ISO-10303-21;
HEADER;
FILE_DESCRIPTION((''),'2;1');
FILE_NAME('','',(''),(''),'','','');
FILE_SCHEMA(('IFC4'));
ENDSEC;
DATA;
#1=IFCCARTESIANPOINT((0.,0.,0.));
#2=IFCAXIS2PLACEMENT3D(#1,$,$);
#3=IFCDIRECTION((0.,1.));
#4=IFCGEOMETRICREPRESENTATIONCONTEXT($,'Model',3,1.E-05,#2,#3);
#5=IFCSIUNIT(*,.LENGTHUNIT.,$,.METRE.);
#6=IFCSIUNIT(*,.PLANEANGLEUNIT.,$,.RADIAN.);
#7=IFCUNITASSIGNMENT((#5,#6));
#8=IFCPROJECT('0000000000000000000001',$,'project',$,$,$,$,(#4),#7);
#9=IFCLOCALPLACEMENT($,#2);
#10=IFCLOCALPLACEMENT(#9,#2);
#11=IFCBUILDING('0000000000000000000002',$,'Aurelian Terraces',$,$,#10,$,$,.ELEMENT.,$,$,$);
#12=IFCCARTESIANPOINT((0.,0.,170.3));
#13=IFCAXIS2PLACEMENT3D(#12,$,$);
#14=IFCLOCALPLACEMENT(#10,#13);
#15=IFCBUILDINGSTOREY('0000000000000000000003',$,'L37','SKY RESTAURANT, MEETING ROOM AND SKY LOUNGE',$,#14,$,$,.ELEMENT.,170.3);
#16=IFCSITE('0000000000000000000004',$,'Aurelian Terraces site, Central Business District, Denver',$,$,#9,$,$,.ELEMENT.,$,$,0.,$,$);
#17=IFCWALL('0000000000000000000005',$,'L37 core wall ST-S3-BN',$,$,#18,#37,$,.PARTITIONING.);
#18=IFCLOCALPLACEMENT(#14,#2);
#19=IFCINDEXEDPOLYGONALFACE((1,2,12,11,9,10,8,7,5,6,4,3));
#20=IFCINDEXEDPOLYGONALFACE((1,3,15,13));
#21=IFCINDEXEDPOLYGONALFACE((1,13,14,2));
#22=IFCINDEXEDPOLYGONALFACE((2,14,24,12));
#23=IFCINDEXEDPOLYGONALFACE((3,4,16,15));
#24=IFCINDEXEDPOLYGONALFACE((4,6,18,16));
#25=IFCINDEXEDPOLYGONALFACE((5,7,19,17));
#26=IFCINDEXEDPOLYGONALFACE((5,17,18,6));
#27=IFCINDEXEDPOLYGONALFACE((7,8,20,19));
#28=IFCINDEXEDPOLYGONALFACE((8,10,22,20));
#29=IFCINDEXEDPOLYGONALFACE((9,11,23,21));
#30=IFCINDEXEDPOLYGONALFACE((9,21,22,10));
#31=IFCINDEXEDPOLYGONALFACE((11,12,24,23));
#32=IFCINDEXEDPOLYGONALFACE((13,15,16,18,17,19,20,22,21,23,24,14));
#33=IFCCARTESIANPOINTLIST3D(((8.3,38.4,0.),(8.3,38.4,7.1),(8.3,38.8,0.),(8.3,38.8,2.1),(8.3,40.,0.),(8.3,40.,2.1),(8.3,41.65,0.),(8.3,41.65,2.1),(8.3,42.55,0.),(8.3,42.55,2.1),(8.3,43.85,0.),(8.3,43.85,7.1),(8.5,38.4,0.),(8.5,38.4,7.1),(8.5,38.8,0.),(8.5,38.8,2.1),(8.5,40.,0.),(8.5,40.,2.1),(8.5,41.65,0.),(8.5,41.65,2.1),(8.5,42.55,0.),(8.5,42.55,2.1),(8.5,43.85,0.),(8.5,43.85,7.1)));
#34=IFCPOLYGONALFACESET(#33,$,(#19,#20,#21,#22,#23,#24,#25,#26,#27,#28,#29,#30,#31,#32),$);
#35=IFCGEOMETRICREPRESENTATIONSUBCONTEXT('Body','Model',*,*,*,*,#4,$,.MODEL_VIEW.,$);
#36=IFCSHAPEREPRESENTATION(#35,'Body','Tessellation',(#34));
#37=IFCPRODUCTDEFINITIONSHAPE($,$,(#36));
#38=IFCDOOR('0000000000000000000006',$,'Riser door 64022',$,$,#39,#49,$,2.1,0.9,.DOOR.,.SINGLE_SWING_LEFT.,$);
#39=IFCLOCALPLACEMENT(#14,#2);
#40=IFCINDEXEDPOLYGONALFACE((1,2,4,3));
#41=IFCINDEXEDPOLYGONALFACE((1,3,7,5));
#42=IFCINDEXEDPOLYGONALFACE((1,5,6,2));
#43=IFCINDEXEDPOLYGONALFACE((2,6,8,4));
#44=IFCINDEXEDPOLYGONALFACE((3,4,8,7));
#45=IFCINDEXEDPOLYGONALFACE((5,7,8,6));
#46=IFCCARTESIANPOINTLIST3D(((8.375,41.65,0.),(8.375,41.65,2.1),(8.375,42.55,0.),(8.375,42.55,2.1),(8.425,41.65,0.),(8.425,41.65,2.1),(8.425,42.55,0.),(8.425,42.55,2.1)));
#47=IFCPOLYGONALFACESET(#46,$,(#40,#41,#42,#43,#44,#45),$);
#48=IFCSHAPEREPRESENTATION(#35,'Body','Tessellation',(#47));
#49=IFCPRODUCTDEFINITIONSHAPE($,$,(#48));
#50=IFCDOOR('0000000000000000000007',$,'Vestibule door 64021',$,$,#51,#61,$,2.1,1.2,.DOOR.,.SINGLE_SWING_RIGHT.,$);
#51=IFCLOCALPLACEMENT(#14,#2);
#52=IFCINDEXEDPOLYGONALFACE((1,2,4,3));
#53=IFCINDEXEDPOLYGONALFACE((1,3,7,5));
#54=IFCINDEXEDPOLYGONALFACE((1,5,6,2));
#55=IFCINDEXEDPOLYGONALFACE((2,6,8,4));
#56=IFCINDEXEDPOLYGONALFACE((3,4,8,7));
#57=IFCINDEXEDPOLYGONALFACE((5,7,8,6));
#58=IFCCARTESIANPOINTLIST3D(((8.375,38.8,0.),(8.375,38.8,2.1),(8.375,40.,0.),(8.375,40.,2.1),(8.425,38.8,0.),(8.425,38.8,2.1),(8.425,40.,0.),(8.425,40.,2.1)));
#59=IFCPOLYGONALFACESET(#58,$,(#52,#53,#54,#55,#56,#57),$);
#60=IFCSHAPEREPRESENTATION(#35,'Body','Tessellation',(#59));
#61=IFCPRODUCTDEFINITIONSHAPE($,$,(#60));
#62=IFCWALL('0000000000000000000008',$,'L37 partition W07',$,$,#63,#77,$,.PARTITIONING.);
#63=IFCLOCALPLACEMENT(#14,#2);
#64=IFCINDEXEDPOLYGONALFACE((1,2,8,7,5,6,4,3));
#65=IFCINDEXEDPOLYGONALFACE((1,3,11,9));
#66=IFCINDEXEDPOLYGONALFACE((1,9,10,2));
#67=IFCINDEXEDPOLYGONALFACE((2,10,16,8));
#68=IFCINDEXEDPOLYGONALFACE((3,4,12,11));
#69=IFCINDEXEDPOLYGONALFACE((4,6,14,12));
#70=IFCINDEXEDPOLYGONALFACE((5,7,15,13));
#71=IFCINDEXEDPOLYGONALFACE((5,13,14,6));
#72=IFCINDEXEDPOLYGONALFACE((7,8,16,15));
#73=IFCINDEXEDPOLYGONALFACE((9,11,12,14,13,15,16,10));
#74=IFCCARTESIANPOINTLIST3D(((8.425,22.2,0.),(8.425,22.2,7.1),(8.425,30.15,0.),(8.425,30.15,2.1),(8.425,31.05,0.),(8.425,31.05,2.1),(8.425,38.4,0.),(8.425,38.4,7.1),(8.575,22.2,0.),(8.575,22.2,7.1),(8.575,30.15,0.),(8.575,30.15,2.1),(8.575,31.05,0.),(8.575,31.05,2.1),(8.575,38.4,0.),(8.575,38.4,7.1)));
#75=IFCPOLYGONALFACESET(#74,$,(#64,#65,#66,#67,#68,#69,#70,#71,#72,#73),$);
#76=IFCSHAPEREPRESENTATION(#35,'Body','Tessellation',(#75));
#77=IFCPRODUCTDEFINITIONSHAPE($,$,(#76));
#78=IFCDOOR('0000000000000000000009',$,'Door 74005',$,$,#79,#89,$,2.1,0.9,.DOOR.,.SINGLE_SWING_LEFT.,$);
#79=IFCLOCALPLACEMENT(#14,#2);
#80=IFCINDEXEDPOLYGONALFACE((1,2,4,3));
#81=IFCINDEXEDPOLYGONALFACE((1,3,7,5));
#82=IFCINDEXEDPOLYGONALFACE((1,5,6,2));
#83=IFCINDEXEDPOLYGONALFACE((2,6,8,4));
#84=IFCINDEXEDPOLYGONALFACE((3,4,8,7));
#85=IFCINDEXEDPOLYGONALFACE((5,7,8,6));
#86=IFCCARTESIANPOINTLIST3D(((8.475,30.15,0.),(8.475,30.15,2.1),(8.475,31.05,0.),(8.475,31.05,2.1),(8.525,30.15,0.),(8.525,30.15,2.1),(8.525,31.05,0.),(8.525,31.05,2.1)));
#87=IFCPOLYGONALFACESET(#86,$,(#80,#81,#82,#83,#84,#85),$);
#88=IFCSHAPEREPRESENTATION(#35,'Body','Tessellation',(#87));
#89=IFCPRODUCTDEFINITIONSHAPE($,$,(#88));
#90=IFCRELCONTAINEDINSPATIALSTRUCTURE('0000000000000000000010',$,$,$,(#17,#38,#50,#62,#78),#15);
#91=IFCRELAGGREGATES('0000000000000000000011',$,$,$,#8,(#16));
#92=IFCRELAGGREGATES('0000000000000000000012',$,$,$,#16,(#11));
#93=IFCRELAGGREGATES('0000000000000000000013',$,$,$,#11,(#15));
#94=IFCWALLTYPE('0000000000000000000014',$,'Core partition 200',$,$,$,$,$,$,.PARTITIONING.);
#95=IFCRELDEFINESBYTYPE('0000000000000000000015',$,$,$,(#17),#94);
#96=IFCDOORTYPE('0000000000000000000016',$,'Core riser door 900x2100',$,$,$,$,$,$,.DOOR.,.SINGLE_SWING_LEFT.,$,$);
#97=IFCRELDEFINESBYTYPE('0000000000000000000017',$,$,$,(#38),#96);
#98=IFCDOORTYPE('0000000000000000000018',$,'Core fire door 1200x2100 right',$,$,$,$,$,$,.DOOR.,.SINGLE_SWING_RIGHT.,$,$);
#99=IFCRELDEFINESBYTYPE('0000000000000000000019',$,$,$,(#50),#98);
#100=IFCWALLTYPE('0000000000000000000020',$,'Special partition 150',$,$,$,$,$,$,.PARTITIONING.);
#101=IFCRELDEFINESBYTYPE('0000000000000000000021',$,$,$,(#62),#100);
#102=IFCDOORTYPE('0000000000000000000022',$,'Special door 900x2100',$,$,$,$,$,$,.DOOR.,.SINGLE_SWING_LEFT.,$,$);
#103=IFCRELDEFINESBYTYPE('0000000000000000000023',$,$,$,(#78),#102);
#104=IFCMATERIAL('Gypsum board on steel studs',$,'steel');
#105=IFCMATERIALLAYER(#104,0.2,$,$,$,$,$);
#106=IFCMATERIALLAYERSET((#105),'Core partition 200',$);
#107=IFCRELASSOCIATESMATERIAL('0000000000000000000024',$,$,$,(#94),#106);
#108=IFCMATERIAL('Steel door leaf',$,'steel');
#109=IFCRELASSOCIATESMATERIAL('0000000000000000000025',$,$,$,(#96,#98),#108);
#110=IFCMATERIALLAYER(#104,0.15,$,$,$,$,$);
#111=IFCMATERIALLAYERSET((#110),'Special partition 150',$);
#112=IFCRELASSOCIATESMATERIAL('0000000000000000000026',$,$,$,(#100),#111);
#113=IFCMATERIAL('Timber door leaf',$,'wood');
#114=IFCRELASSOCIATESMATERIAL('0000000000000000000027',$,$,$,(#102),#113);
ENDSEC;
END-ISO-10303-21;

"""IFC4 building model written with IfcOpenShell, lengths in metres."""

from ifc_helpers import new_model, si_unit, direction, frame, frame_2d, origin, place, context, subcontext, project, spatial, rectangle, extrude, source, transform, mapped, material, layer, layer_set, type_object, element, fill, save


model = new_model("IFC4")

# Units and contexts
model_context = context("Model", 3, precision=1e-05, world=origin(), true_north=direction((0.0, 1.0)))
body_context = subcontext(model_context, "Body", "Model", "MODEL_VIEW")
ifc_project = project(units=[si_unit("LENGTHUNIT", "METRE"), si_unit("PLANEANGLEUNIT", "RADIAN")], contexts=[model_context])

# Site, building, storey
site_placement = place(None, origin())
site = spatial("IfcSite", under=ifc_project, at=site_placement, Name="Aurelian Terraces site, Central Business District, Denver", CompositionType="ELEMENT", RefElevation=0.0)
building_placement = place(site_placement, origin())
building = spatial("IfcBuilding", under=site, at=building_placement, Name="Aurelian Terraces", CompositionType="ELEMENT")
storey_placement = place(building_placement, frame((0.0, 0.0, 170.3)))
storey = spatial("IfcBuildingStorey", under=building, at=storey_placement, Name="L37", Description="SKY RESTAURANT, MEETING ROOM AND SKY LOUNGE", CompositionType="ELEMENT", Elevation=170.3)

# Shared definitions
ifc_material_1 = material(Name="Gypsum board on steel studs", Category="steel")
ifc_layer_1 = layer(ifc_material_1, 0.2)
ifc_layer_set_1 = layer_set([ifc_layer_1], Name="Core partition 200")
wall_type_1 = type_object("IfcWallType", Name="Core partition 200", PredefinedType="PARTITIONING", material=ifc_layer_set_1)

# Wall, openings, doors
shared_shape_1 = source(origin(), body_context, "Body", "SweptSolid", [
    extrude(rectangle(XDim=5.45, YDim=0.2, at=frame_2d((2.725, 0.0))), origin(), (0.0, 0.0, 1.0), 7.1),
])
wall_1_placement = place(storey_placement, frame((8.4, 38.4, 0.0), z_axis=(0.0, 0.0, 1.0), x_axis=(0.0, 1.0, 0.0)))
wall_1 = element("IfcWall", 1, at=wall_1_placement, inside=storey, type_object=wall_type_1, Name="L37 core wall ST-S3-BN", PredefinedType="PARTITIONING", context=body_context, shape_type="MappedRepresentation", body=[
    mapped(shared_shape_1, transform((0.0, 0.0, 0.0), scale=1.0)),
])
shared_shape_2 = source(origin(), body_context, "Body", "SweptSolid", [
    extrude(rectangle(XDim=1.2, YDim=2.1, at=frame_2d((0.6, 1.05))), frame((0.0, 0.11, 0.0), z_axis=(0.0, -1.0, 0.0), x_axis=(1.0, 0.0, 0.0)), (0.0, 0.0, 1.0), 0.22),
])
opening_1_placement = place(wall_1_placement, frame((0.4, 0.0, 0.0)))
opening_1 = element("IfcOpeningElement", 2, at=opening_1_placement, cuts=wall_1, PredefinedType="OPENING", context=body_context, shape_type="MappedRepresentation", body=[
    mapped(shared_shape_2, transform((0.0, 0.0, 0.0), scale=1.0)),
])
shared_shape_3 = source(origin(), body_context, "Body", "SweptSolid", [
    extrude(rectangle(XDim=0.9, YDim=2.1, at=frame_2d((0.45, 1.05))), frame((0.0, 0.11, 0.0), z_axis=(0.0, -1.0, 0.0), x_axis=(1.0, 0.0, 0.0)), (0.0, 0.0, 1.0), 0.22),
])
opening_2_placement = place(wall_1_placement, frame((3.25, 0.0, 0.0)))
opening_2 = element("IfcOpeningElement", 3, at=opening_2_placement, cuts=wall_1, PredefinedType="OPENING", context=body_context, shape_type="MappedRepresentation", body=[
    mapped(shared_shape_3, transform((0.0, 0.0, 0.0), scale=1.0)),
])
ifc_material_2 = material(Name="Steel door leaf", Category="steel")
door_type_1 = type_object("IfcDoorType", Name="Core riser door 900x2100", OperationType="SINGLE_SWING_LEFT", PredefinedType="DOOR", material=ifc_material_2)
shared_shape_4 = source(origin(), body_context, "Body", "SweptSolid", [
    extrude(rectangle(XDim=0.9, YDim=2.1, at=frame_2d((0.45, 1.05))), frame((0.0, 0.025, 0.0), z_axis=(0.0, -1.0, 0.0), x_axis=(1.0, 0.0, 0.0)), (0.0, 0.0, 1.0), 0.05),
])
door_1_placement = place(opening_2_placement, origin())
door_1 = element("IfcDoor", 4, at=door_1_placement, inside=storey, type_object=door_type_1, Name="Riser door 64022", OperationType="SINGLE_SWING_LEFT", OverallHeight=2.1, OverallWidth=0.9, PredefinedType="DOOR", context=body_context, shape_type="MappedRepresentation", body=[
    mapped(shared_shape_4, transform((0.0, 0.0, 0.0), scale=1.0)),
])
fill(opening_2, door_1)
door_type_2 = type_object("IfcDoorType", Name="Core fire door 1200x2100 right", OperationType="SINGLE_SWING_RIGHT", PredefinedType="DOOR", material=ifc_material_2)
shared_shape_5 = source(origin(), body_context, "Body", "SweptSolid", [
    extrude(rectangle(XDim=1.2, YDim=2.1, at=frame_2d((0.6, 1.05))), frame((0.0, 0.025, 0.0), z_axis=(0.0, -1.0, 0.0), x_axis=(1.0, 0.0, 0.0)), (0.0, 0.0, 1.0), 0.05),
])
door_2_placement = place(opening_1_placement, origin())
door_2 = element("IfcDoor", 5, at=door_2_placement, inside=storey, type_object=door_type_2, Name="Vestibule door 64021", OperationType="SINGLE_SWING_RIGHT", OverallHeight=2.1, OverallWidth=1.2, PredefinedType="DOOR", context=body_context, shape_type="MappedRepresentation", body=[
    mapped(shared_shape_5, transform((0.0, 0.0, 0.0), scale=1.0)),
])
fill(opening_1, door_2)

# Wall, opening, door
ifc_layer_2 = layer(ifc_material_1, 0.15)
ifc_layer_set_2 = layer_set([ifc_layer_2], Name="Special partition 150")
wall_type_2 = type_object("IfcWallType", Name="Special partition 150", PredefinedType="PARTITIONING", material=ifc_layer_set_2)
shared_shape_6 = source(origin(), body_context, "Body", "SweptSolid", [
    extrude(rectangle(XDim=16.2, YDim=0.15, at=frame_2d((8.1, 0.0))), origin(), (0.0, 0.0, 1.0), 7.1),
])
wall_2_placement = place(storey_placement, frame((8.5, 22.2, 0.0), z_axis=(0.0, 0.0, 1.0), x_axis=(0.0, 1.0, 0.0)))
wall_2 = element("IfcWall", 6, at=wall_2_placement, inside=storey, type_object=wall_type_2, Name="L37 partition W07", PredefinedType="PARTITIONING", context=body_context, shape_type="MappedRepresentation", body=[
    mapped(shared_shape_6, transform((0.0, 0.0, 0.0), scale=1.0)),
])
shared_shape_7 = source(origin(), body_context, "Body", "SweptSolid", [
    extrude(rectangle(XDim=0.9, YDim=2.1, at=frame_2d((0.45, 1.05))), frame((0.0, 0.085, 0.0), z_axis=(0.0, -1.0, 0.0), x_axis=(1.0, 0.0, 0.0)), (0.0, 0.0, 1.0), 0.17),
])
opening_3_placement = place(wall_2_placement, frame((7.95, 0.0, 0.0)))
opening_3 = element("IfcOpeningElement", 7, at=opening_3_placement, cuts=wall_2, PredefinedType="OPENING", context=body_context, shape_type="MappedRepresentation", body=[
    mapped(shared_shape_7, transform((0.0, 0.0, 0.0), scale=1.0)),
])
ifc_material_3 = material(Name="Timber door leaf", Category="wood")
door_type_3 = type_object("IfcDoorType", Name="Special door 900x2100", OperationType="SINGLE_SWING_LEFT", PredefinedType="DOOR", material=ifc_material_3)
door_3_placement = place(opening_3_placement, origin())
door_3 = element("IfcDoor", 8, at=door_3_placement, inside=storey, type_object=door_type_3, Name="Door 74005", OperationType="SINGLE_SWING_LEFT", OverallHeight=2.1, OverallWidth=0.9, PredefinedType="DOOR", context=body_context, shape_type="MappedRepresentation", body=[
    mapped(shared_shape_4, transform((0.0, 0.0, 0.0), scale=1.0)),
])
fill(opening_3, door_3)

save(model, "model.ifc")
